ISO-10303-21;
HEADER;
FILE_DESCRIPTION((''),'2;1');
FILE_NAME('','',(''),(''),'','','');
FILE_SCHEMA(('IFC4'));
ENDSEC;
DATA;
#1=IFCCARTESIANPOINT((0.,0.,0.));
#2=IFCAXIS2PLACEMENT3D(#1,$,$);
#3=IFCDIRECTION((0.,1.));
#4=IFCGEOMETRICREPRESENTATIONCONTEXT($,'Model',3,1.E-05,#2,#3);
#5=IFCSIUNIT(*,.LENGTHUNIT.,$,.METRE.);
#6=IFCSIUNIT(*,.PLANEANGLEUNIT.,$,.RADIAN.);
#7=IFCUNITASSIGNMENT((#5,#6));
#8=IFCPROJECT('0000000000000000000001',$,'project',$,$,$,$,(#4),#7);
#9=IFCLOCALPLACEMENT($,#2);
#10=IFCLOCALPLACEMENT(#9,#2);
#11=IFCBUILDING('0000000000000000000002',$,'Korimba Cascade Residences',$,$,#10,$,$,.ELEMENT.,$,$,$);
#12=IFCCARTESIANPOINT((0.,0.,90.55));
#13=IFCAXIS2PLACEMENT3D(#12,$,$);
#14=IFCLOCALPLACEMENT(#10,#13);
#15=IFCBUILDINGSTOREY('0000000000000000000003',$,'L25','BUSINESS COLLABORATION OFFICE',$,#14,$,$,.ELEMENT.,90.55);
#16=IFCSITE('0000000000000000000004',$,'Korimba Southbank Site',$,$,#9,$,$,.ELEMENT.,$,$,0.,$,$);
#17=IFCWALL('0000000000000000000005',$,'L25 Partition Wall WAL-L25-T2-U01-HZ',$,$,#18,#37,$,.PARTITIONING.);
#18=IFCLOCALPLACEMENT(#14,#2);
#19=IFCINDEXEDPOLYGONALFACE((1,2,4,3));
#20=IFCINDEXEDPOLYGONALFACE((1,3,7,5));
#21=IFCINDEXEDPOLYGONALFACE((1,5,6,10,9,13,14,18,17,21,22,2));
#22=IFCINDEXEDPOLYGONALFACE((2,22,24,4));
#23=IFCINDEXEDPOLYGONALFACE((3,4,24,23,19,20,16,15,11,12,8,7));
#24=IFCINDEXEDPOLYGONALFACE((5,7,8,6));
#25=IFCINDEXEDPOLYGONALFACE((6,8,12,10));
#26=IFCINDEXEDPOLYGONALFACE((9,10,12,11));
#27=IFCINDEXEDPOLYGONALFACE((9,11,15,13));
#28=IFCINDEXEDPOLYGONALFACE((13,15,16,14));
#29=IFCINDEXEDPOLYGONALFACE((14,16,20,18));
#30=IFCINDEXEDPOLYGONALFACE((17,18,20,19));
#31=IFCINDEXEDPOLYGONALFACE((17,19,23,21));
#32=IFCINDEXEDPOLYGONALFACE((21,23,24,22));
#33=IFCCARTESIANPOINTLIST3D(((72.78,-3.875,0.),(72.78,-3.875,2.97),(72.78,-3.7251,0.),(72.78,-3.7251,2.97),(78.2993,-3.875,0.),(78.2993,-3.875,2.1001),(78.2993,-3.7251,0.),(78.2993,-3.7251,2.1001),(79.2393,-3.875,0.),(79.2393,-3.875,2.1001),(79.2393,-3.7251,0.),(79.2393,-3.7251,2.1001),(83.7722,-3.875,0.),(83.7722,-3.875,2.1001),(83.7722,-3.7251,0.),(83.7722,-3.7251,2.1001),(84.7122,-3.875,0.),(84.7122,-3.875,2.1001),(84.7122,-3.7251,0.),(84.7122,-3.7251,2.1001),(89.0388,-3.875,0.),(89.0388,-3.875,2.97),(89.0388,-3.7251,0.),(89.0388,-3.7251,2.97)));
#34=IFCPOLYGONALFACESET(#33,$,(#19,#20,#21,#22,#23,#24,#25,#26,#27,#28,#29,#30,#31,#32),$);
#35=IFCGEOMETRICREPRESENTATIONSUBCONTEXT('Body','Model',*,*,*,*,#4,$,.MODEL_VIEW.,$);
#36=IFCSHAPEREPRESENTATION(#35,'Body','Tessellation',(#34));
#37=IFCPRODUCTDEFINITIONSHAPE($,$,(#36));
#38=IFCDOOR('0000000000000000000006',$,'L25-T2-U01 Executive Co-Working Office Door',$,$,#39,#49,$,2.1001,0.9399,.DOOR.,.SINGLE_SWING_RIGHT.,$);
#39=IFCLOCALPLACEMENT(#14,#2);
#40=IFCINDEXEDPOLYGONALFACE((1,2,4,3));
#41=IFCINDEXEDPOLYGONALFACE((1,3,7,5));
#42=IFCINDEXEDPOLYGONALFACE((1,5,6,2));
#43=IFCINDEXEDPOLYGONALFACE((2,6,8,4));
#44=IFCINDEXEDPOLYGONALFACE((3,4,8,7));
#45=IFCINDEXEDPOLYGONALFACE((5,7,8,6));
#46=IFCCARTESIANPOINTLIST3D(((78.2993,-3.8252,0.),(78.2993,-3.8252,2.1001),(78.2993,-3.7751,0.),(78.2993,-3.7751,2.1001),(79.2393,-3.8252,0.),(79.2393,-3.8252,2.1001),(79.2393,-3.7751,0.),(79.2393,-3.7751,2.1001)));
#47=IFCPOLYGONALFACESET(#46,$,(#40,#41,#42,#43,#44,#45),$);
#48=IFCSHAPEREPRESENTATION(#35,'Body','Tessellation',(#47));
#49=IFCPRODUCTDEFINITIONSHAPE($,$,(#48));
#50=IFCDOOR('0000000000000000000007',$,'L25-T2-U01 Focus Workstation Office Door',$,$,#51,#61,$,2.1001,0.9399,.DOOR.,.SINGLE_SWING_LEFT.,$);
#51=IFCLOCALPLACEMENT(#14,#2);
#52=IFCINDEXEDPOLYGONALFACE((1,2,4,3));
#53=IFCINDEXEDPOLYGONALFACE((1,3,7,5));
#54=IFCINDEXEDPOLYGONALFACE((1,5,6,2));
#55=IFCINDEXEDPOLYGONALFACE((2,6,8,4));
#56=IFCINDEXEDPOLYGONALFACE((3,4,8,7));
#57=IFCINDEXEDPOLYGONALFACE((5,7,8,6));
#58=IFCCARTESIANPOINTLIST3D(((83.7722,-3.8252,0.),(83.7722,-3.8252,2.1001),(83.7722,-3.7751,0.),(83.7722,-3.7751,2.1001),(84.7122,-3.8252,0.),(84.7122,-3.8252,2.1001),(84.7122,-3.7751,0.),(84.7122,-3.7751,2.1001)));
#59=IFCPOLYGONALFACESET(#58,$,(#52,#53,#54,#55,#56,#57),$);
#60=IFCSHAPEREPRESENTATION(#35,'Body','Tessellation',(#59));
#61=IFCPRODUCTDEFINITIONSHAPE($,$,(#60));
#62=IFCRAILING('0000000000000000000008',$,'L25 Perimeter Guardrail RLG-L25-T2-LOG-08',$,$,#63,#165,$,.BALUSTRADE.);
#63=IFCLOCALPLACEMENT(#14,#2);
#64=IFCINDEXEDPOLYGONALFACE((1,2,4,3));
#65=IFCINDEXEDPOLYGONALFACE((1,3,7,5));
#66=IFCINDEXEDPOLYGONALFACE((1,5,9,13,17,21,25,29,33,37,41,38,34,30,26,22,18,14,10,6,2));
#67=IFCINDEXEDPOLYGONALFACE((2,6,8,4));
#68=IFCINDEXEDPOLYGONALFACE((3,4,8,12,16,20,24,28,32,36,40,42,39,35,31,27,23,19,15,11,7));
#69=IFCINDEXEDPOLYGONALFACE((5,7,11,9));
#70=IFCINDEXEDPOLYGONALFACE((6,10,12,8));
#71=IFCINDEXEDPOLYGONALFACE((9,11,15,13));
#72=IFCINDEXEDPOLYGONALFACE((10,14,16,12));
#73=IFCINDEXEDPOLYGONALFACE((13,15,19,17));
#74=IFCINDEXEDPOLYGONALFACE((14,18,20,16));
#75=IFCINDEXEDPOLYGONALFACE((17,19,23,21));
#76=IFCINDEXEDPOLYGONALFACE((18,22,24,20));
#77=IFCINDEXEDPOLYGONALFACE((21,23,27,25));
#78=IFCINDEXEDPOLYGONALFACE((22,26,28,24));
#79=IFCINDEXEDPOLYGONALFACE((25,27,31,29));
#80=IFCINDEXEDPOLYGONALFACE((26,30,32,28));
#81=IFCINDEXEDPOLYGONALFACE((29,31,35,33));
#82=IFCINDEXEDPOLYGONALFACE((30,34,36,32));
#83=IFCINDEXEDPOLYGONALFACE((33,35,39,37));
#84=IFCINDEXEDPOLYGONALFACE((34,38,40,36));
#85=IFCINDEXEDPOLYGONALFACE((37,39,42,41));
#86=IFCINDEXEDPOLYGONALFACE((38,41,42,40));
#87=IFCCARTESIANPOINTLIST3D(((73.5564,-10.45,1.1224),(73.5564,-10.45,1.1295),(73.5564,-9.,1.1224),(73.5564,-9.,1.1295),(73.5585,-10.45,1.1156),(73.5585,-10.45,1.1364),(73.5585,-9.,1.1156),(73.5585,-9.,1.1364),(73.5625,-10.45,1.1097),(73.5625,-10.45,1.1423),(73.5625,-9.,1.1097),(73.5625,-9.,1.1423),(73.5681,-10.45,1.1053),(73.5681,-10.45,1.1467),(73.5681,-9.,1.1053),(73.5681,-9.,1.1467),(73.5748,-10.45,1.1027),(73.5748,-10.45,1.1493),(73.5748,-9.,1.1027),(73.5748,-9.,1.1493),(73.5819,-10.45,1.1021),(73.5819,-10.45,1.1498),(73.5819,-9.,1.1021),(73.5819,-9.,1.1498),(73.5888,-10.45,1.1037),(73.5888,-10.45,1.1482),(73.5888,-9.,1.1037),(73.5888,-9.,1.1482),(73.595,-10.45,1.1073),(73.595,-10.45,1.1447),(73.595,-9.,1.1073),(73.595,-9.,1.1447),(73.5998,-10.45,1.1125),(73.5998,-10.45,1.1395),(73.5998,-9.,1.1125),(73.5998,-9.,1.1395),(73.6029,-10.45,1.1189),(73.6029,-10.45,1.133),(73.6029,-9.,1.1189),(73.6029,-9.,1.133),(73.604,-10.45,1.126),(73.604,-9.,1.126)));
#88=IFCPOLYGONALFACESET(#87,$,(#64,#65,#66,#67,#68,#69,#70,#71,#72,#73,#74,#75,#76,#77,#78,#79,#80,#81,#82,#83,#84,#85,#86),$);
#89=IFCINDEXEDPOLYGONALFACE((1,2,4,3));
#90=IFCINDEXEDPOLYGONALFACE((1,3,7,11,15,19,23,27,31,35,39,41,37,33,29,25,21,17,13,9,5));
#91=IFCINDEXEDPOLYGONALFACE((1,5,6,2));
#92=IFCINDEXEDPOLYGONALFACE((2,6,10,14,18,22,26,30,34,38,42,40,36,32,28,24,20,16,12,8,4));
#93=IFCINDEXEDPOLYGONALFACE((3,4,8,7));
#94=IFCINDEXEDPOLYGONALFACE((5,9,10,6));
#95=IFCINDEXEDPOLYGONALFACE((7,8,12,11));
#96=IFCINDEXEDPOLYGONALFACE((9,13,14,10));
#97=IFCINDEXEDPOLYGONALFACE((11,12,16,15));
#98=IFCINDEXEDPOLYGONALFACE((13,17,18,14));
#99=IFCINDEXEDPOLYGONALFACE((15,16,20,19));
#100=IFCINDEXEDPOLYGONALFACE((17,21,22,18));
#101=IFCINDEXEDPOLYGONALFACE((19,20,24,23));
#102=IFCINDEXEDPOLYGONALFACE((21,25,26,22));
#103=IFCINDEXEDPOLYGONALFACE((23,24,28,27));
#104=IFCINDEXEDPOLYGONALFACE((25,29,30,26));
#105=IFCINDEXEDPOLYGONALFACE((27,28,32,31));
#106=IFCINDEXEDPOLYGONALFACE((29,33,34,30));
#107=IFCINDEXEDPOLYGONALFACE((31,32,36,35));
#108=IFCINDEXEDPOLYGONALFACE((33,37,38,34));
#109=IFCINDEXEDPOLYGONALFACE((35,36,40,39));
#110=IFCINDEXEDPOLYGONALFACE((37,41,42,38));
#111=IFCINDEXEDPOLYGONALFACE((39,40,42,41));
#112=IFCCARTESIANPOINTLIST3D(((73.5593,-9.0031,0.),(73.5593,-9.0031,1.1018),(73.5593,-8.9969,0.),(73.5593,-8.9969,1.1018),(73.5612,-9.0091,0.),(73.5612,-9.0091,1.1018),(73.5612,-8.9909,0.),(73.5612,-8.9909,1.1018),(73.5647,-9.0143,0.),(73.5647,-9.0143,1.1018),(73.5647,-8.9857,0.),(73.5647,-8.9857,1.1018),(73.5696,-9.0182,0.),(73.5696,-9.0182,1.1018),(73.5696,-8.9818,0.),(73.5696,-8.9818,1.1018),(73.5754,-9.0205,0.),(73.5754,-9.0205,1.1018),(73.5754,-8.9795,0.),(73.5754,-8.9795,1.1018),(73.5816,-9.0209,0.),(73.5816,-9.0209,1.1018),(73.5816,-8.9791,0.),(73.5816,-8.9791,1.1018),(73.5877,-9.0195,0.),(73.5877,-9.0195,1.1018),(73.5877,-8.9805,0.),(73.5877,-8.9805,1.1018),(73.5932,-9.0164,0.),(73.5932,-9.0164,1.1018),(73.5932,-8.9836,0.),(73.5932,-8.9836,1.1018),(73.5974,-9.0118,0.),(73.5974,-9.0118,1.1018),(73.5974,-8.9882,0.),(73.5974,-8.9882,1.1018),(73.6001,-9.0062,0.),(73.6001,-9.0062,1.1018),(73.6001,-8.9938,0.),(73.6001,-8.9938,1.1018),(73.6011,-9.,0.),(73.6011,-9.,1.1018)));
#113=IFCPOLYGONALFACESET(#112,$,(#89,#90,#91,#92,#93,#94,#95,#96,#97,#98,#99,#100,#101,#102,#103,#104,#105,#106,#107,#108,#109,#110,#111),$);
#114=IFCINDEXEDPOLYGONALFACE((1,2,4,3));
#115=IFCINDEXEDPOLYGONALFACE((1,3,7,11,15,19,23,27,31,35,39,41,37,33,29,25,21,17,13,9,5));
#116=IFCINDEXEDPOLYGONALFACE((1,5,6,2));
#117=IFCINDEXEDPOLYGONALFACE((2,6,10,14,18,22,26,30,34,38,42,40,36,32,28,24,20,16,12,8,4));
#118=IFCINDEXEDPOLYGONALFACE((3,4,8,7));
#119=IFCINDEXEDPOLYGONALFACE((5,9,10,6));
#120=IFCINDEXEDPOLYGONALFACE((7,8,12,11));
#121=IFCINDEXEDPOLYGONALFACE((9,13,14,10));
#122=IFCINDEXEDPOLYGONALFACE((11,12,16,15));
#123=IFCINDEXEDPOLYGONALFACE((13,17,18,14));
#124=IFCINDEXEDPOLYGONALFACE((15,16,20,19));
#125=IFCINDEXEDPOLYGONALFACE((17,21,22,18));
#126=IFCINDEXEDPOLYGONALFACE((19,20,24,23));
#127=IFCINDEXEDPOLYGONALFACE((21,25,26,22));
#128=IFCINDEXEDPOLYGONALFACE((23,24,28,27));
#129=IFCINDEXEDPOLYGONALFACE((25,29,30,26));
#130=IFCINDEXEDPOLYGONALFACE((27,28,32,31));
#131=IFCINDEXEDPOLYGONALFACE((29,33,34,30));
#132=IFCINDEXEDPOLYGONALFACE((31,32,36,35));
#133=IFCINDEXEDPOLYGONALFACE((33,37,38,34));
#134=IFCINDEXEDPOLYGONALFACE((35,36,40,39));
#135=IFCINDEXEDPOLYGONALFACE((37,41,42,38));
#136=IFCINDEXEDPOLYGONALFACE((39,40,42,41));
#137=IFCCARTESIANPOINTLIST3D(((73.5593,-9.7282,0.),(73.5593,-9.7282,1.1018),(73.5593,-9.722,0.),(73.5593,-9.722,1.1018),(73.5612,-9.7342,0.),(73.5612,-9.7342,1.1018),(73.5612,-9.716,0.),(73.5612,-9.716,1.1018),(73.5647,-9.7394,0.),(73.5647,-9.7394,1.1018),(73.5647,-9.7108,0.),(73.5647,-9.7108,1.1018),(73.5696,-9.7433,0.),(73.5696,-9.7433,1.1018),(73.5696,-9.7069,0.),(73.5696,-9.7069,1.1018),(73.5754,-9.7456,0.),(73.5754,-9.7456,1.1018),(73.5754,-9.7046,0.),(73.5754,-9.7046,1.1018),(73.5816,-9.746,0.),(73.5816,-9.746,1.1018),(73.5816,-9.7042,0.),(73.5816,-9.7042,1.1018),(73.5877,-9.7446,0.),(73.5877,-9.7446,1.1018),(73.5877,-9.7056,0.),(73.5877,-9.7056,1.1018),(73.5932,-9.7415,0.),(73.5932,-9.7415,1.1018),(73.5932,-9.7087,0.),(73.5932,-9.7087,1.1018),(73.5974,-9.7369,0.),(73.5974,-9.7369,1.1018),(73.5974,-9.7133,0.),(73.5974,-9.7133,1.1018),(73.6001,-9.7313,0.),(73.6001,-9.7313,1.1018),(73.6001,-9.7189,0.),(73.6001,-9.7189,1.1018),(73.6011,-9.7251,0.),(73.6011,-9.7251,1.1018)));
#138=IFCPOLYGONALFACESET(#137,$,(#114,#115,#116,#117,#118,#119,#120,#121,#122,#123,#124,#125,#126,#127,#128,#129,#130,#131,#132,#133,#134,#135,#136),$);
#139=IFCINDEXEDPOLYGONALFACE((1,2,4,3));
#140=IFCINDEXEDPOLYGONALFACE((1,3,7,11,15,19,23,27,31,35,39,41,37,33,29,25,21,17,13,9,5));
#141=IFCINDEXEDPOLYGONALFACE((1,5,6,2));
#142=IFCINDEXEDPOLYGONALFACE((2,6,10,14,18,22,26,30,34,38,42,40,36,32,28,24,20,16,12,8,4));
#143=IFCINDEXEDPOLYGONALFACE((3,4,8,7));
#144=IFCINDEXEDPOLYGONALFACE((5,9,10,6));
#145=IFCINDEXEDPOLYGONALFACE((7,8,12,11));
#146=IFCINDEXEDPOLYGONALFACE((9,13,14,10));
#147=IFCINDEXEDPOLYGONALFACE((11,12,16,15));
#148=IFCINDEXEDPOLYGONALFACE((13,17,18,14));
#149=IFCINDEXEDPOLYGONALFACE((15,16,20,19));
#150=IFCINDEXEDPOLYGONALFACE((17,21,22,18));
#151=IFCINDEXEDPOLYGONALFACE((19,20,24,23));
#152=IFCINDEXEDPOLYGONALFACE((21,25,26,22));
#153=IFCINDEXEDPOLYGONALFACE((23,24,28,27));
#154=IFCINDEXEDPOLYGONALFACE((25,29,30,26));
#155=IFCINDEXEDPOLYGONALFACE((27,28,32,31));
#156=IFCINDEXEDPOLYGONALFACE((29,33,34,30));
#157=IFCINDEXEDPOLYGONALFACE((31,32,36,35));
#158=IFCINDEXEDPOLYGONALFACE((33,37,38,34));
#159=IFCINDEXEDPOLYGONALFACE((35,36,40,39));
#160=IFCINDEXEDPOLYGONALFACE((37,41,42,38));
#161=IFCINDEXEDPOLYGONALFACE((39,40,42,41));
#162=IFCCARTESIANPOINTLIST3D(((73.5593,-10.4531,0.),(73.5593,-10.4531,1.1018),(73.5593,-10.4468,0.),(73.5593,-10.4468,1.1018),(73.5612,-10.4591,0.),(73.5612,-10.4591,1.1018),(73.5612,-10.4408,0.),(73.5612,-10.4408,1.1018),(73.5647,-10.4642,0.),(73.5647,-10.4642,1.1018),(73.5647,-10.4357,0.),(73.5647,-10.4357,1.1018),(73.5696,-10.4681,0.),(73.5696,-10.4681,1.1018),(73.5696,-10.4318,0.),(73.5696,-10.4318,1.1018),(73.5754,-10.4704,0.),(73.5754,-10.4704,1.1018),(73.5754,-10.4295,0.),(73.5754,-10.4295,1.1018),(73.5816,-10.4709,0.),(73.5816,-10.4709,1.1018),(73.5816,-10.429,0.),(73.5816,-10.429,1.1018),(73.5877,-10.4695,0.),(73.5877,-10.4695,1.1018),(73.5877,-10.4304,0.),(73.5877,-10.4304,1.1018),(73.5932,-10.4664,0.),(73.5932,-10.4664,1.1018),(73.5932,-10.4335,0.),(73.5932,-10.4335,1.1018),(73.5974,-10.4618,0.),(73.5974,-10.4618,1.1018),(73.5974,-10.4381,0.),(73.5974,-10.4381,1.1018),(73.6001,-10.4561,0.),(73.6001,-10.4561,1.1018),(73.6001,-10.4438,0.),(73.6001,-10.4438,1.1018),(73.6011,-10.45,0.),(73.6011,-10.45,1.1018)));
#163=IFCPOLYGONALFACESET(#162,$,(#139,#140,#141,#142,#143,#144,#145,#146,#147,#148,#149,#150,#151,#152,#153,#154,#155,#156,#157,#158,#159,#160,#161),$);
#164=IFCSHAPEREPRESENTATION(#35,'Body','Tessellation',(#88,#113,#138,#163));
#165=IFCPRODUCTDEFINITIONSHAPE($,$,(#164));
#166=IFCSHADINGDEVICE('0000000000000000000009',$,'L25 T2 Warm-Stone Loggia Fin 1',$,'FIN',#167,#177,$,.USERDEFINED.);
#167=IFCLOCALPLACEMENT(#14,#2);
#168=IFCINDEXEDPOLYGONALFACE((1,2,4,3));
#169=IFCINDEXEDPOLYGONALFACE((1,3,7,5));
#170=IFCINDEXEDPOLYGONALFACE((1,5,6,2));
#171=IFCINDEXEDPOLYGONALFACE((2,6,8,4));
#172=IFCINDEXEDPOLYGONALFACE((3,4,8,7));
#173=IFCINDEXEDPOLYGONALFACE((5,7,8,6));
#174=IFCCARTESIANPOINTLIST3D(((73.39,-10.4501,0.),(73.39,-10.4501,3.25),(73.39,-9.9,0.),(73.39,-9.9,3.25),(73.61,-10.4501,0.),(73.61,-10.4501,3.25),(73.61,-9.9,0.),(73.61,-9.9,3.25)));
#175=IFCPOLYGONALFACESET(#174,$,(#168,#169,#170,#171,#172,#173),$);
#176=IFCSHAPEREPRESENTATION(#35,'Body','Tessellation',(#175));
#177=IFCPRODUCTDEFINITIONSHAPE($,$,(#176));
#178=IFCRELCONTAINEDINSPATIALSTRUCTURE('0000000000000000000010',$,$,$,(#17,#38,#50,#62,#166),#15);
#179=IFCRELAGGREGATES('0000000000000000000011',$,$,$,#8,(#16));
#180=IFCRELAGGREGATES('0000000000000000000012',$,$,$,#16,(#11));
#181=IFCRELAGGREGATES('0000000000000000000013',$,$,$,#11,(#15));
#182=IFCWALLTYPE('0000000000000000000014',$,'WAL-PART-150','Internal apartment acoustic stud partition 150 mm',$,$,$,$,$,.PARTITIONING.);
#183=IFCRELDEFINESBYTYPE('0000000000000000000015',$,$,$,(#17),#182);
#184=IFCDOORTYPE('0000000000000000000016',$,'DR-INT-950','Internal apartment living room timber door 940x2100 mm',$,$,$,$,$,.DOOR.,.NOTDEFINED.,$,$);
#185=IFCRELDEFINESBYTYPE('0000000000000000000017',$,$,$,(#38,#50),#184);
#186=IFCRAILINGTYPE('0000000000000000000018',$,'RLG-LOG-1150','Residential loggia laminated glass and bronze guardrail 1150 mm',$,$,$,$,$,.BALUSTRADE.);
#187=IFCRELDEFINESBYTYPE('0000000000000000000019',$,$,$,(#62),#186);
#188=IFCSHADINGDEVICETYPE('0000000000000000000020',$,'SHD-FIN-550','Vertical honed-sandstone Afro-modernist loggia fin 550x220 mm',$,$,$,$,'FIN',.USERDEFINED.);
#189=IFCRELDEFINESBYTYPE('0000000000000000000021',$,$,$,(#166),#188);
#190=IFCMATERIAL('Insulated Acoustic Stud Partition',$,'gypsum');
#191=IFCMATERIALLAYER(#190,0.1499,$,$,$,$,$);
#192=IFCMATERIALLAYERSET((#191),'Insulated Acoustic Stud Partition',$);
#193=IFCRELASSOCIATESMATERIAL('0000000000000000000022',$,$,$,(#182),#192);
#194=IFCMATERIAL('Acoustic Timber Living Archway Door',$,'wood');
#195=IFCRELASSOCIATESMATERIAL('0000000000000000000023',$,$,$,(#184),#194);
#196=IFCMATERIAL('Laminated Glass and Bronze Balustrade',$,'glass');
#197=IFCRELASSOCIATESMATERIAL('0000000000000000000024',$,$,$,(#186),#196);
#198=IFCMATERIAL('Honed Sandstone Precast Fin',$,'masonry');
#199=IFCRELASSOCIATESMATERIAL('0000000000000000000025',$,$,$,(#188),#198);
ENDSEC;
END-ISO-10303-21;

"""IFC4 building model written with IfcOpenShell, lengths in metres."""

from ifc_helpers import new_model, si_unit, direction, frame, frame_2d, origin, origin_2d, place, context, subcontext, project, spatial, rectangle, circle, extrude, material, layer, layer_set, type_object, element, fill, save


model = new_model("IFC4")

# Units and contexts
model_context = context("Model", 3, precision=1e-05, world=origin(), true_north=direction((0.0, 1.0)))
body_context = subcontext(model_context, "Body", "Model", "MODEL_VIEW")
ifc_project = project(units=[si_unit("LENGTHUNIT", "METRE"), si_unit("PLANEANGLEUNIT", "RADIAN")], contexts=[model_context])

# Site, building, storey
site_placement = place(None, origin())
site = spatial("IfcSite", under=ifc_project, at=site_placement, Name="Korimba Southbank Site", CompositionType="ELEMENT", RefElevation=0.0)
building_placement = place(site_placement, origin())
building = spatial("IfcBuilding", under=site, at=building_placement, Name="Korimba Cascade Residences", CompositionType="ELEMENT")
storey_placement = place(building_placement, frame((0.0, 0.0, 90.55)))
storey = spatial("IfcBuildingStorey", under=building, at=storey_placement, Name="L25", Description="BUSINESS COLLABORATION OFFICE", CompositionType="ELEMENT", Elevation=90.55)

# Wall, openings, doors
ifc_material_1 = material(Name="Insulated Acoustic Stud Partition", Category="gypsum")
ifc_layer_1 = layer(ifc_material_1, 0.1499)
ifc_layer_set_1 = layer_set([ifc_layer_1], Name="Insulated Acoustic Stud Partition")
wall_type_1 = type_object("IfcWallType", Name="WAL-PART-150", Description="Internal apartment acoustic stud partition 150 mm", PredefinedType="PARTITIONING", material=ifc_layer_set_1)
wall_1_placement = place(storey_placement, frame((72.78, -3.8, 0.0), z_axis=(0.0, 0.0, 1.0), x_axis=(1.0, 0.0, 0.0)))
wall_1 = element("IfcWall", 1, at=wall_1_placement, inside=storey, type_object=wall_type_1, Name="L25 Partition Wall WAL-L25-T2-U01-HZ", PredefinedType="PARTITIONING", context=body_context, shape_type="SweptSolid", body=[
    extrude(rectangle(XDim=16.2588, YDim=0.1499, at=frame_2d((8.1294, 0.0))), origin(), (0.0, 0.0, 1.0), 2.97),
])
opening_1_placement = place(wall_1_placement, frame((5.5193, 0.0, 0.0)))
opening_1 = element("IfcOpeningElement", 2, at=opening_1_placement, cuts=wall_1, PredefinedType="OPENING", context=body_context, shape_type="SweptSolid", body=[
    extrude(rectangle(XDim=0.9399, YDim=2.1001, at=frame_2d((0.47, 1.05))), frame((0.0, 0.085, 0.0), z_axis=(0.0, -1.0, 0.0), x_axis=(1.0, 0.0, 0.0)), (0.0, 0.0, 1.0), 0.1699),
])
opening_2_placement = place(wall_1_placement, frame((10.9922, 0.0, 0.0)))
opening_2 = element("IfcOpeningElement", 3, at=opening_2_placement, cuts=wall_1, PredefinedType="OPENING", context=body_context, shape_type="SweptSolid", body=[
    extrude(rectangle(XDim=0.9399, YDim=2.1001, at=frame_2d((0.47, 1.05))), frame((0.0, 0.085, 0.0), z_axis=(0.0, -1.0, 0.0), x_axis=(1.0, 0.0, 0.0)), (0.0, 0.0, 1.0), 0.1699),
])
ifc_material_2 = material(Name="Acoustic Timber Living Archway Door", Category="wood")
door_type_1 = type_object("IfcDoorType", Name="DR-INT-950", Description="Internal apartment living room timber door 940x2100 mm", OperationType="NOTDEFINED", PredefinedType="DOOR", material=ifc_material_2)
door_1_placement = place(opening_1_placement, origin())
door_1 = element("IfcDoor", 4, at=door_1_placement, inside=storey, type_object=door_type_1, Name="L25-T2-U01 Executive Co-Working Office Door", OperationType="SINGLE_SWING_RIGHT", OverallHeight=2.1001, OverallWidth=0.9399, PredefinedType="DOOR", context=body_context, shape_type="SweptSolid", body=[
    extrude(rectangle(XDim=0.9399, YDim=2.1001, at=frame_2d((0.47, 1.05))), frame((0.0, 0.0249, 0.0), z_axis=(0.0, -1.0, 0.0), x_axis=(1.0, 0.0, 0.0)), (0.0, 0.0, 1.0), 0.05),
])
fill(opening_1, door_1)
door_2_placement = place(opening_2_placement, origin())
door_2 = element("IfcDoor", 5, at=door_2_placement, inside=storey, type_object=door_type_1, Name="L25-T2-U01 Focus Workstation Office Door", OperationType="SINGLE_SWING_LEFT", OverallHeight=2.1001, OverallWidth=0.9399, PredefinedType="DOOR", context=body_context, shape_type="SweptSolid", body=[
    extrude(rectangle(XDim=0.9399, YDim=2.1001, at=frame_2d((0.47, 1.05))), frame((0.0, 0.0249, 0.0), z_axis=(0.0, -1.0, 0.0), x_axis=(1.0, 0.0, 0.0)), (0.0, 0.0, 1.0), 0.05),
])
fill(opening_2, door_2)

# Railing
ifc_material_3 = material(Name="Laminated Glass and Bronze Balustrade", Category="glass")
railing_type = type_object("IfcRailingType", Name="RLG-LOG-1150", Description="Residential loggia laminated glass and bronze guardrail 1150 mm", PredefinedType="BALUSTRADE", material=ifc_material_3)
railing_1_placement = place(storey_placement, frame((73.5801, -9.0, 0.0)))
element("IfcRailing", 6, at=railing_1_placement, inside=storey, type_object=railing_type, Name="L25 Perimeter Guardrail RLG-L25-T2-LOG-08", PredefinedType="BALUSTRADE", context=body_context, shape_type="SweptSolid", body=[
    extrude(circle(Radius=0.0239, at=origin_2d()), frame((0.0, 0.0, 1.126), z_axis=(0.0, -1.0, 0.0), x_axis=(1.0, 0.0, 0.0)), (0.0, 0.0, 1.0), 1.45),
    extrude(circle(Radius=0.021, at=origin_2d()), origin(), (0.0, 0.0, 1.0), 1.1018),
    extrude(circle(Radius=0.021, at=origin_2d()), frame((0.0, -0.7251, 0.0)), (0.0, 0.0, 1.0), 1.1018),
    extrude(circle(Radius=0.021, at=origin_2d()), frame((0.0, -1.45, 0.0)), (0.0, 0.0, 1.0), 1.1018),
])

# Shading device
ifc_material_4 = material(Name="Honed Sandstone Precast Fin", Category="masonry")
shading_device_type = type_object("IfcShadingDeviceType", Name="SHD-FIN-550", Description="Vertical honed-sandstone Afro-modernist loggia fin 550x220 mm", ElementType="FIN", PredefinedType="USERDEFINED", material=ifc_material_4)
shading_device_placement = place(storey_placement, frame((73.5, -10.175, 0.0), z_axis=(0.0, 0.0, 1.0), x_axis=(1.0, 0.0, 0.0)))
element("IfcShadingDevice", 7, at=shading_device_placement, inside=storey, type_object=shading_device_type, Name="L25 T2 Warm-Stone Loggia Fin 1", ObjectType="FIN", PredefinedType="USERDEFINED", context=body_context, shape_type="SweptSolid", body=[
    extrude(rectangle(XDim=0.22, YDim=0.55, at=origin_2d()), origin(), (0.0, 0.0, 1.0), 3.25),
])

save(model, "model.ifc")
